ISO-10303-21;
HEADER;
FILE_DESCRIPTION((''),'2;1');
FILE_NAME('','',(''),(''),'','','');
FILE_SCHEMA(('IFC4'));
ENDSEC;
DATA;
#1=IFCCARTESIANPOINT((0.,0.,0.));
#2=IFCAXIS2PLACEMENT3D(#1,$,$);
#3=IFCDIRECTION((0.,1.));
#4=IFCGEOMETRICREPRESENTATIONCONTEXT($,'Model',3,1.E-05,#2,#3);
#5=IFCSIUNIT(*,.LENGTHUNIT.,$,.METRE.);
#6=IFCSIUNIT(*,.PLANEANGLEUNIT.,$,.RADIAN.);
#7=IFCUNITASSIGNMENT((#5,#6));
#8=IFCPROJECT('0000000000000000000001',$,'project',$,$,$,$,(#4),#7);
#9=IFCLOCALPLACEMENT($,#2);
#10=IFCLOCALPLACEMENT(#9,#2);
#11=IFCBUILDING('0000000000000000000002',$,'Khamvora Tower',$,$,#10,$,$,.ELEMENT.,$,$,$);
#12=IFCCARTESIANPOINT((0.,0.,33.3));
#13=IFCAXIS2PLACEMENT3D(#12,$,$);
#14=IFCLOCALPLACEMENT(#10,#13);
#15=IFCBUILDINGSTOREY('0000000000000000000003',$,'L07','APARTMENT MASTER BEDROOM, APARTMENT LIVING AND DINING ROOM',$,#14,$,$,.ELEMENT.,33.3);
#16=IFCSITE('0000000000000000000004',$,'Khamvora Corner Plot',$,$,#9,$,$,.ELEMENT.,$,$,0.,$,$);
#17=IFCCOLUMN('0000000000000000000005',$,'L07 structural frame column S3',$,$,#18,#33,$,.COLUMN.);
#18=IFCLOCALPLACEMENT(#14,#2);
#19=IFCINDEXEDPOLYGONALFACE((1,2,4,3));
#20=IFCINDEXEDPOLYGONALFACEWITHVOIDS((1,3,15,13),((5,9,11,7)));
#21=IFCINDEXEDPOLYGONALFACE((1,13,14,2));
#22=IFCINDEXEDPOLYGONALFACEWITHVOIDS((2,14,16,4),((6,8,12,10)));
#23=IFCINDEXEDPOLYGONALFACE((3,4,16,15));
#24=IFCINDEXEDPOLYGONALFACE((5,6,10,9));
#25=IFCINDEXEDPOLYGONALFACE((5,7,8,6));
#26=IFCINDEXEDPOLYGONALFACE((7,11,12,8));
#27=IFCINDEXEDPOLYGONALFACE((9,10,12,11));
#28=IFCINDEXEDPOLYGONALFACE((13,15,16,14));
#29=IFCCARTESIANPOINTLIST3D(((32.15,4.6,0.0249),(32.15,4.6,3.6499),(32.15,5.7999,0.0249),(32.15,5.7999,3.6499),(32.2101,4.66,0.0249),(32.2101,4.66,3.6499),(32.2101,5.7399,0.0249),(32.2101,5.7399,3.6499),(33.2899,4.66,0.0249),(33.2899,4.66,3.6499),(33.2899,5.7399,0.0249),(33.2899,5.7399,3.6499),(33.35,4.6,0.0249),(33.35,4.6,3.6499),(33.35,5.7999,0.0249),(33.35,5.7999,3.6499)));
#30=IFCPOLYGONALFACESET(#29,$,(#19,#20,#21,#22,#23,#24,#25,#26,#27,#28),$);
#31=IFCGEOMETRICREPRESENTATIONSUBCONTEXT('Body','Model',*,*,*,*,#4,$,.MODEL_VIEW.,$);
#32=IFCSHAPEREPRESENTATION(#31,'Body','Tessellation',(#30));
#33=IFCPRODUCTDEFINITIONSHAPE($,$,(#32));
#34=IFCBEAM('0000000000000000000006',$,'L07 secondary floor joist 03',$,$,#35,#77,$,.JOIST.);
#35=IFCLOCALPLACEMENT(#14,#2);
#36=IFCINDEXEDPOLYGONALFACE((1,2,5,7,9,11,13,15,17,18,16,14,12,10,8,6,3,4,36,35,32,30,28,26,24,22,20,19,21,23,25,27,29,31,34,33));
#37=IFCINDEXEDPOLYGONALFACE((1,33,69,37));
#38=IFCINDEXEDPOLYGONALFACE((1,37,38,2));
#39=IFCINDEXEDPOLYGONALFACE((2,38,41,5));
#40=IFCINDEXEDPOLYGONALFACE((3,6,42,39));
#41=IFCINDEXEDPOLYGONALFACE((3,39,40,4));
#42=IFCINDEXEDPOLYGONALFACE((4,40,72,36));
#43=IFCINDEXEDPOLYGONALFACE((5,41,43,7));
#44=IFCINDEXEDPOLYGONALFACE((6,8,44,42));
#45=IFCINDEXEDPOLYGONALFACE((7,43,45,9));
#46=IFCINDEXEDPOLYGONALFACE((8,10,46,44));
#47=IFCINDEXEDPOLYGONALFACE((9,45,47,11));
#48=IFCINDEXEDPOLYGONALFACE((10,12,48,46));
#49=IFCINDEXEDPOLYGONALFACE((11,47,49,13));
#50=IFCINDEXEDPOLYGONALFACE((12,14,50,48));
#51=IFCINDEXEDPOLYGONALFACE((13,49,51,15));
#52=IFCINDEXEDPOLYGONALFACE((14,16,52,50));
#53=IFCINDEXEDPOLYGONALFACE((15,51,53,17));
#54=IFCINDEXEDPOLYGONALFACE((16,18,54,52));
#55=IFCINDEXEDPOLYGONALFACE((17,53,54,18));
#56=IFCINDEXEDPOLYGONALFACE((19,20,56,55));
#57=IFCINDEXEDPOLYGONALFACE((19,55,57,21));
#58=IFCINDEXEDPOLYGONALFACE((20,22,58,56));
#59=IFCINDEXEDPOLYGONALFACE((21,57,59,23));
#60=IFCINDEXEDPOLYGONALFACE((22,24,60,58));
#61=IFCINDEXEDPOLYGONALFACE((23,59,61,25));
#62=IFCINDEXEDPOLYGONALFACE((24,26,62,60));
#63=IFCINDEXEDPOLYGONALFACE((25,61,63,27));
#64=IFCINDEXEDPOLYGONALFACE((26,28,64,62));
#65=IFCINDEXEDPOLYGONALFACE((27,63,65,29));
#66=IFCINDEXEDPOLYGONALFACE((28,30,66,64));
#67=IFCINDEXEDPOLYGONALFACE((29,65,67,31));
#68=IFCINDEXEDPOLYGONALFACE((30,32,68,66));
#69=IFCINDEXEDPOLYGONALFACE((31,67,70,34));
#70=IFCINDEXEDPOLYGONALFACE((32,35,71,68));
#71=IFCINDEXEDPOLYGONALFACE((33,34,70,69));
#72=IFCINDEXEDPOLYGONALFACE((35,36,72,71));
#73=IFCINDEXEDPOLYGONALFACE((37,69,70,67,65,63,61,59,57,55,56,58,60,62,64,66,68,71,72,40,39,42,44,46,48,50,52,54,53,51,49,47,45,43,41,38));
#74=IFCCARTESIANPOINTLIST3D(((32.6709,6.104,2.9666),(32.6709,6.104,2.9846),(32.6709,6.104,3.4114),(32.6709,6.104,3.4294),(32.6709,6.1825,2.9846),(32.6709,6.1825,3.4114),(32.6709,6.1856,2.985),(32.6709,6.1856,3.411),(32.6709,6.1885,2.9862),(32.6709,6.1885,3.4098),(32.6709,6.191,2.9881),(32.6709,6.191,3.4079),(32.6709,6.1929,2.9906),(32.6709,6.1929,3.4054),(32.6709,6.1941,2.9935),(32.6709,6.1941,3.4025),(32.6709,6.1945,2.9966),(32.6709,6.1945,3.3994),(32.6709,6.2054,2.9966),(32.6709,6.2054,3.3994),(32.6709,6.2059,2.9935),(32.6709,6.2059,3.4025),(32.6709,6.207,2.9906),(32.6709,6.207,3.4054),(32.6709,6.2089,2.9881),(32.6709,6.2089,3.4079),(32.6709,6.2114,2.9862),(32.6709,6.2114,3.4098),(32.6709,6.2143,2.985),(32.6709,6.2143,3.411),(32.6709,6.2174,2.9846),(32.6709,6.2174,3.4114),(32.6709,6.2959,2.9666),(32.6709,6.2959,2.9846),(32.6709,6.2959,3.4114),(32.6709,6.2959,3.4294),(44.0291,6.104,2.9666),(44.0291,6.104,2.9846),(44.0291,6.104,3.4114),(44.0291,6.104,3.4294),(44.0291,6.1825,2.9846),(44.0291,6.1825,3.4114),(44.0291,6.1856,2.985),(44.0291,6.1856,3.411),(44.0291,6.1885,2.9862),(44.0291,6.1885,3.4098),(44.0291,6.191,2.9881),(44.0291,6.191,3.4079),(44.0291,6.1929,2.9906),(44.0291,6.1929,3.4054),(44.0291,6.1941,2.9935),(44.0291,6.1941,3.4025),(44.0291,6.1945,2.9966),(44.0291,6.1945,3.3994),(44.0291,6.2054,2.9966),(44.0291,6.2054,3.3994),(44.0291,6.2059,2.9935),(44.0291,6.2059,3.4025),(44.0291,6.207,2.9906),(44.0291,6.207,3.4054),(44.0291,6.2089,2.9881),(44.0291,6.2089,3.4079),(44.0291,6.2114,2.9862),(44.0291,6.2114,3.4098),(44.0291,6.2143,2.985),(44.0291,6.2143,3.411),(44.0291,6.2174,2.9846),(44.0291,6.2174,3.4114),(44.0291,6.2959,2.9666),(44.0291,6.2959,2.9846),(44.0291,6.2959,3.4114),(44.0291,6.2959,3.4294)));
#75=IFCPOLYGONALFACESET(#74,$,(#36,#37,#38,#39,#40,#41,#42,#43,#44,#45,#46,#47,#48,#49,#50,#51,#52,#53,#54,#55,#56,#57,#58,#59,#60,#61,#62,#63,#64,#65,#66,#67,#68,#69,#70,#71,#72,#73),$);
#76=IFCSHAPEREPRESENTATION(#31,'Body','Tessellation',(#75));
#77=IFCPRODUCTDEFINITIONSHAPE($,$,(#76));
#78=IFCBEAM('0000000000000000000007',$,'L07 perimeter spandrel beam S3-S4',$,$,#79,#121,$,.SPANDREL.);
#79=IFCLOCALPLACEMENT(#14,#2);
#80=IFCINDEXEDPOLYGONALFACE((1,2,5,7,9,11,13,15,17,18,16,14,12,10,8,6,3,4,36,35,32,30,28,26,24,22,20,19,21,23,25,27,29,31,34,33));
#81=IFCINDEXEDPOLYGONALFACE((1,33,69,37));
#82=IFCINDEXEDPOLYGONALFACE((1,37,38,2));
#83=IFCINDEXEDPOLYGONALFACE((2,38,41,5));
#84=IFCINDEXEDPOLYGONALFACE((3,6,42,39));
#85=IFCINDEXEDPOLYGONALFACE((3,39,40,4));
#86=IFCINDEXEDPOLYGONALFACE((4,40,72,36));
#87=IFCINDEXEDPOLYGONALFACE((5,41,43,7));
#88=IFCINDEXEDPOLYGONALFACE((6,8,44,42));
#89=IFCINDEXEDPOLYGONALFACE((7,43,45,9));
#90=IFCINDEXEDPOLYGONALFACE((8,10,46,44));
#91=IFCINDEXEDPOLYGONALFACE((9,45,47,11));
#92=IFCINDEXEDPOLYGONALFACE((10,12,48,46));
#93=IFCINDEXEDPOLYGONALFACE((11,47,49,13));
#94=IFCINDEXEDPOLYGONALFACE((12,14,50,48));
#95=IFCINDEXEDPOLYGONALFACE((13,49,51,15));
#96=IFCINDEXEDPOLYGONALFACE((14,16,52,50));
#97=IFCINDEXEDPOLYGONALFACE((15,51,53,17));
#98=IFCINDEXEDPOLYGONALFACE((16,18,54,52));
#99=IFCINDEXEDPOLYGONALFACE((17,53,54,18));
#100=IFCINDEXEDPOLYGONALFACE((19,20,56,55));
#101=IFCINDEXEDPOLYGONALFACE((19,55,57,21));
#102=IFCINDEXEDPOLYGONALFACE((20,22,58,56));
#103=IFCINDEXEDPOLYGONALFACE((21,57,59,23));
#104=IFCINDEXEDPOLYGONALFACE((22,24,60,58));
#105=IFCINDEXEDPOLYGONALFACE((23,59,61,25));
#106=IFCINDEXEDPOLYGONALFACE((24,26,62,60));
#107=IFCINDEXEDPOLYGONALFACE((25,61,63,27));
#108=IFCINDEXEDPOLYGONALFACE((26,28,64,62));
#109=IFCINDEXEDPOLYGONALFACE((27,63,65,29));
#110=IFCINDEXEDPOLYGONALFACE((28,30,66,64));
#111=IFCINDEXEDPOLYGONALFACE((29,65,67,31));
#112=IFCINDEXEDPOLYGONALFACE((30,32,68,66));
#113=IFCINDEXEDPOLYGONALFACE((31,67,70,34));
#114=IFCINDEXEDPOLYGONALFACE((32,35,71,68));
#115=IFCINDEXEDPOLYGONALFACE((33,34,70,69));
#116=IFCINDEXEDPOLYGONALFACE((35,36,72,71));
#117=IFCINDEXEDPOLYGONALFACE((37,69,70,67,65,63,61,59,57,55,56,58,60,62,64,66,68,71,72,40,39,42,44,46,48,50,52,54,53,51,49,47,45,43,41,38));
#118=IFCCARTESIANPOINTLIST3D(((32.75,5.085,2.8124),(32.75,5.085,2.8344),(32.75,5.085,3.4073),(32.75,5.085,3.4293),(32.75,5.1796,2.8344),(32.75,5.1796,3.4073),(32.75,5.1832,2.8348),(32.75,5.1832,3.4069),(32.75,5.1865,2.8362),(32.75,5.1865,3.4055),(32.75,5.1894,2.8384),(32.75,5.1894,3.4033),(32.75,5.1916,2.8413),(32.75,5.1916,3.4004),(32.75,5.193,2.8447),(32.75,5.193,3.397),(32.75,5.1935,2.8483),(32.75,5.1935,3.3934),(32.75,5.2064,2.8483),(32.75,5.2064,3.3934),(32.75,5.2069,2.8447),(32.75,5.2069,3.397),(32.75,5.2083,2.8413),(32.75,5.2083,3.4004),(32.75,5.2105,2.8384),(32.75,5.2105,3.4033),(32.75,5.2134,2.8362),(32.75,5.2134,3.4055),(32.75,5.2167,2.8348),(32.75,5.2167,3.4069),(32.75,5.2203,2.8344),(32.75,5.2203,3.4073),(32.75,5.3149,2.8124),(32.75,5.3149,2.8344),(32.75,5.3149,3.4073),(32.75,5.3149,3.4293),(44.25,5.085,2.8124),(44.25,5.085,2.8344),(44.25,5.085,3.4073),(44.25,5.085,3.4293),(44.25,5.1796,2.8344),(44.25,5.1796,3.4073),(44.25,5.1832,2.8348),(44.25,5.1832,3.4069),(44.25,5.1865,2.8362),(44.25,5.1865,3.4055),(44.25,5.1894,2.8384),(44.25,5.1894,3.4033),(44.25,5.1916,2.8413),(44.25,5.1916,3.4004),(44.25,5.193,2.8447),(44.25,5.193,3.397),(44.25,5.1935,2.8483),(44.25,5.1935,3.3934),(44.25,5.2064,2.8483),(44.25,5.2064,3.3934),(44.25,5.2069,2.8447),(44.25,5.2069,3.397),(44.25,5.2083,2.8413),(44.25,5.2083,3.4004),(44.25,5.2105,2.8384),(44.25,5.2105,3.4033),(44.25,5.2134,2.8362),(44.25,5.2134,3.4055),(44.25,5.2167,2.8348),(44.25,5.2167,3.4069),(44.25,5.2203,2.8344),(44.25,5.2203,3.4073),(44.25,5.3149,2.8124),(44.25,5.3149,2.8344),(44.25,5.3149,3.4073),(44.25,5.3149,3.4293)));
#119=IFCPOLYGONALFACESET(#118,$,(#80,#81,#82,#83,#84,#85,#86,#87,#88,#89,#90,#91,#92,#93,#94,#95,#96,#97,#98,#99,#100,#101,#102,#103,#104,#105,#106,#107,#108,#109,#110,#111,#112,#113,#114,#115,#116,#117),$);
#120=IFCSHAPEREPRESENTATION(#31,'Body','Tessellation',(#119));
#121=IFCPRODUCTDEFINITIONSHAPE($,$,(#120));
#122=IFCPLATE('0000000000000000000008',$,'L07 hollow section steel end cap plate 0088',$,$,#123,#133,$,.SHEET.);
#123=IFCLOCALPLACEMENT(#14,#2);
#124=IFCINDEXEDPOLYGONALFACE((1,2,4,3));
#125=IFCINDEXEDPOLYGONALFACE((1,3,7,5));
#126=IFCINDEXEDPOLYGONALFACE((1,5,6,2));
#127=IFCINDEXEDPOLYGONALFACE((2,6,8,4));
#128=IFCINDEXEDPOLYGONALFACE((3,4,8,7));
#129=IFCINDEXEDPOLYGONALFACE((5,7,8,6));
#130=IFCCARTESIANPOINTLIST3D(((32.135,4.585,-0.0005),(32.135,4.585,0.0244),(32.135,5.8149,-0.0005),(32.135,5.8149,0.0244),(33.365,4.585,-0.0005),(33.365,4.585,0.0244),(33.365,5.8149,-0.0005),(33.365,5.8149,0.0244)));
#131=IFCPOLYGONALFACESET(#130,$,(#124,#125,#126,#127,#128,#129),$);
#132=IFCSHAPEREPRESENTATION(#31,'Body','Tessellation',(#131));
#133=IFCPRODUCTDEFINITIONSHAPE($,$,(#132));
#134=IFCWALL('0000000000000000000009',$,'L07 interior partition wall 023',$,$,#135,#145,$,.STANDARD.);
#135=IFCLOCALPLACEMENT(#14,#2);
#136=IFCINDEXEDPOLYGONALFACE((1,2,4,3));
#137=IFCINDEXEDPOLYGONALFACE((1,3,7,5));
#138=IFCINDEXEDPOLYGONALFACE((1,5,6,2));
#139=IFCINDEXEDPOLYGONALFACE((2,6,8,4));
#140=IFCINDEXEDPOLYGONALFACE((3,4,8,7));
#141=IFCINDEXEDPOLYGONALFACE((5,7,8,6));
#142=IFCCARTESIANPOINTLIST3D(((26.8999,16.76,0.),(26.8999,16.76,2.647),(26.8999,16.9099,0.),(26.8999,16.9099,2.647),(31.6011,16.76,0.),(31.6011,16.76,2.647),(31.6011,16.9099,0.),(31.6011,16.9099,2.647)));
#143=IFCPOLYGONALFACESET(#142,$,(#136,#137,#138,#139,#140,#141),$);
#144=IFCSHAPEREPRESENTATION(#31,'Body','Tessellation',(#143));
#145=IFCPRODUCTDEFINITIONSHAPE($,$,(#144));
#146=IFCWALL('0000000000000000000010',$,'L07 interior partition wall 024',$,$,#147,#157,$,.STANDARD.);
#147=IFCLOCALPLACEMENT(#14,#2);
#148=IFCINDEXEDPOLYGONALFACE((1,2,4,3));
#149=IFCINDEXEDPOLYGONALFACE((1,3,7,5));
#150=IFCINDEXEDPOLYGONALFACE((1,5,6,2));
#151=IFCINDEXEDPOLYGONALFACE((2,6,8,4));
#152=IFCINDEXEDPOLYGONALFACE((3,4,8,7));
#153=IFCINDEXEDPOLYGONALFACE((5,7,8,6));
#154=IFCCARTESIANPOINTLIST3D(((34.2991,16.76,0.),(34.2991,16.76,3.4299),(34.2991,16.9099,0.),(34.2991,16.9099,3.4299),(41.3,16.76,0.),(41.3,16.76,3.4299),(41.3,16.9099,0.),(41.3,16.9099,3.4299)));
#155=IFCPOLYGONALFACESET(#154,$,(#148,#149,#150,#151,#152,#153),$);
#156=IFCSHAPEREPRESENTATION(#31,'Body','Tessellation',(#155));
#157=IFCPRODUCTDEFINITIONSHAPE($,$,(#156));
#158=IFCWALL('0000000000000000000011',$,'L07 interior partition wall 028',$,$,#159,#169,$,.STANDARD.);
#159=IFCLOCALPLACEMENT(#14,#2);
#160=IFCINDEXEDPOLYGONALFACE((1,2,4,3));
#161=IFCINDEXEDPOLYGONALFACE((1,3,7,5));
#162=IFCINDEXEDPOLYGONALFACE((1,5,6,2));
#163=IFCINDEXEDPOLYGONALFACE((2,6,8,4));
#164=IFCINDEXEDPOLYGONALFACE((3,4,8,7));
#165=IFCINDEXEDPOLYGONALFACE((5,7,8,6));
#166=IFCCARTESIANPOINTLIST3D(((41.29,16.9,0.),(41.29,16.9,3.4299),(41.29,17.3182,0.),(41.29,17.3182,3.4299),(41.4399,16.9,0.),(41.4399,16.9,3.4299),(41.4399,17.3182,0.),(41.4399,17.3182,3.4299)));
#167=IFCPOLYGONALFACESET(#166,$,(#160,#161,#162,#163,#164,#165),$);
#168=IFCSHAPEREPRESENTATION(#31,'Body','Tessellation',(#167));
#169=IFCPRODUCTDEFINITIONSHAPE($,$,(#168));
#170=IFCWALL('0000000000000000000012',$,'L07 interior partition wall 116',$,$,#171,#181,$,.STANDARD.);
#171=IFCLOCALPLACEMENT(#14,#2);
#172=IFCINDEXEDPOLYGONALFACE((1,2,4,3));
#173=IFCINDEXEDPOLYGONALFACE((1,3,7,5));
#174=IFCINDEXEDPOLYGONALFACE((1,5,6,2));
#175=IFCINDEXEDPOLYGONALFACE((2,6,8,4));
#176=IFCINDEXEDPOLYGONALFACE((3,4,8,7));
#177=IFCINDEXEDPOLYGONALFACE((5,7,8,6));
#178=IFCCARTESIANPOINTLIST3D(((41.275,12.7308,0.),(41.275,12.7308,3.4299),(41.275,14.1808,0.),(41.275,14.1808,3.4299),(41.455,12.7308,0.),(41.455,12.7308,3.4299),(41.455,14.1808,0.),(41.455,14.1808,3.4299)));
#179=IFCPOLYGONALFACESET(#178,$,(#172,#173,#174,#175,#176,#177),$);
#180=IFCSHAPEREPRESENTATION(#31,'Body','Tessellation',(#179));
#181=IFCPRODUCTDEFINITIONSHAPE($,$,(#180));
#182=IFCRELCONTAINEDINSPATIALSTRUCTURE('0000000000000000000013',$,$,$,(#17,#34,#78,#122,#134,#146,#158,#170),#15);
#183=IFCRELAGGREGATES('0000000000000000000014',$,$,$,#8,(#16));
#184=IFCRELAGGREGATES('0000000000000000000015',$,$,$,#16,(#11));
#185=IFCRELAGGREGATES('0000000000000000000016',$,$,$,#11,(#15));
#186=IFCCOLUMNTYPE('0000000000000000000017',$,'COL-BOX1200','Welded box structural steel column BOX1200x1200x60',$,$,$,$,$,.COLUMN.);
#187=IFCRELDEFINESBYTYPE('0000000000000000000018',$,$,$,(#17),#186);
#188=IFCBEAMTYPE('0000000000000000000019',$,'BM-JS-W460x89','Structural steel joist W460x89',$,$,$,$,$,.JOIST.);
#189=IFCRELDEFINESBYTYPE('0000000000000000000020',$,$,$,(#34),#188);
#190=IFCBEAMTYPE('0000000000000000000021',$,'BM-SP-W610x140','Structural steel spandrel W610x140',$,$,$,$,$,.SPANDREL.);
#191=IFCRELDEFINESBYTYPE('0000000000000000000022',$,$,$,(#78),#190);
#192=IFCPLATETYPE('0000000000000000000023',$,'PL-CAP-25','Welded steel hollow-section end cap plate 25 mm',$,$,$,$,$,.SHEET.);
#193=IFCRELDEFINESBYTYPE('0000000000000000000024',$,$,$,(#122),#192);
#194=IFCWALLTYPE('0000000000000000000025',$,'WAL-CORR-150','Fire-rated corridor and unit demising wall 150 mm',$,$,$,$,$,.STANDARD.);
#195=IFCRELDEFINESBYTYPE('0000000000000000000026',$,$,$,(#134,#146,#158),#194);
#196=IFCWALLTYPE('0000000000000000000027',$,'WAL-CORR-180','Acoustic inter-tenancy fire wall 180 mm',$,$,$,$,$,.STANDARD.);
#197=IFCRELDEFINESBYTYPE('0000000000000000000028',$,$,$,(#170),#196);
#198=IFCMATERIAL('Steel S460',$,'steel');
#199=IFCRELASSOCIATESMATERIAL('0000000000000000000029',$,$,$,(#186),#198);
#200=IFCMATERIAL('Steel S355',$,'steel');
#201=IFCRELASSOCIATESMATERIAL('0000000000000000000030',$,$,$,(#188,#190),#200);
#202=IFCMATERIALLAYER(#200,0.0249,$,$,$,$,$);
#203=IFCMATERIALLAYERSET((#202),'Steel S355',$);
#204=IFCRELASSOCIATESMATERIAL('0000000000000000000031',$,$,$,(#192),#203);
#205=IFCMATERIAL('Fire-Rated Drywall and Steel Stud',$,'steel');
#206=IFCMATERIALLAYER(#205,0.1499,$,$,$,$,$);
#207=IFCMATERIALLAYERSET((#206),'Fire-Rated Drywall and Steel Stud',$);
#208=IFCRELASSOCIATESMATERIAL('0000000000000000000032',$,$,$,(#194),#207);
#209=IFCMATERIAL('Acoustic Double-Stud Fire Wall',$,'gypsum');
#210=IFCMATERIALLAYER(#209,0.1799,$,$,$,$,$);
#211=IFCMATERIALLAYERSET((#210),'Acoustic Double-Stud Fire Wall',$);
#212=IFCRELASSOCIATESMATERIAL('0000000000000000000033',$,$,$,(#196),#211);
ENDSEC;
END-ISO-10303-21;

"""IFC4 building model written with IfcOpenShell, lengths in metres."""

from ifc_helpers import new_model, si_unit, direction, frame, frame_2d, origin, origin_2d, place, context, subcontext, project, spatial, rectangle, hollow_rectangle, i_section, extrude, material, layer, layer_set, material_profile, profile_set, type_object, element, save


model = new_model("IFC4")

# Units and contexts
model_context = context("Model", 3, precision=1e-05, world=origin(), true_north=direction((0.0, 1.0)))
body_context = subcontext(model_context, "Body", "Model", "MODEL_VIEW")
ifc_project = project(units=[si_unit("LENGTHUNIT", "METRE"), si_unit("PLANEANGLEUNIT", "RADIAN")], contexts=[model_context])

# Site, building, storey
site_placement = place(None, origin())
site = spatial("IfcSite", under=ifc_project, at=site_placement, Name="Khamvora Corner Plot", CompositionType="ELEMENT", RefElevation=0.0)
building_placement = place(site_placement, origin())
building = spatial("IfcBuilding", under=site, at=building_placement, Name="Khamvora Tower", CompositionType="ELEMENT")
storey_placement = place(building_placement, frame((0.0, 0.0, 33.3)))
storey = spatial("IfcBuildingStorey", under=building, at=storey_placement, Name="L07", Description="APARTMENT MASTER BEDROOM, APARTMENT LIVING AND DINING ROOM", CompositionType="ELEMENT", Elevation=33.3)

# Column
ifc_material_1 = material(Name="Steel S460", Category="steel")
ifc_material_profile_1 = material_profile(ifc_material_1, hollow_rectangle(XDim=1.2, YDim=1.2, WallThickness=0.0601, at=origin_2d()), Name="BOX1200x1200x60")
ifc_profile_set_1 = profile_set([ifc_material_profile_1], Name="Steel S460")
column_type = type_object("IfcColumnType", Name="COL-BOX1200", Description="Welded box structural steel column BOX1200x1200x60", PredefinedType="COLUMN", material=ifc_profile_set_1)
column_placement = place(storey_placement, frame((32.75, 5.2, 0.0249), z_axis=(0.0, 0.0, 1.0), x_axis=(1.0, 0.0, 0.0)))
element("IfcColumn", 1, at=column_placement, inside=storey, type_object=column_type, Name="L07 structural frame column S3", PredefinedType="COLUMN", context=body_context, shape_type="SweptSolid", body=[
    extrude(hollow_rectangle(XDim=1.2, YDim=1.2, WallThickness=0.0601, at=origin_2d()), origin(), (0.0, 0.0, 1.0), 3.625),
])

# Beams
ifc_material_2 = material(Name="Steel S355", Category="steel")
ifc_material_profile_2 = material_profile(ifc_material_2, i_section(OverallWidth=0.1919, OverallDepth=0.4629, WebThickness=0.011, FlangeThickness=0.0181, FilletRadius=0.012, at=origin_2d()), Name="W460x89")
ifc_profile_set_2 = profile_set([ifc_material_profile_2], Name="Steel S355")
beam_type_1 = type_object("IfcBeamType", Name="BM-JS-W460x89", Description="Structural steel joist W460x89", PredefinedType="JOIST", material=ifc_profile_set_2)
beam_1_placement = place(storey_placement, frame((32.6709, 6.2, 3.198), z_axis=(1.0, 0.0, 0.0), x_axis=(0.0, 1.0, 0.0)))
element("IfcBeam", 2, at=beam_1_placement, inside=storey, type_object=beam_type_1, Name="L07 secondary floor joist 03", PredefinedType="JOIST", context=body_context, shape_type="SweptSolid", body=[
    extrude(i_section(OverallWidth=0.1919, OverallDepth=0.4629, WebThickness=0.011, FlangeThickness=0.0181, FilletRadius=0.012, at=origin_2d()), origin(), (0.0, 0.0, 1.0), 11.3582),
])
ifc_material_profile_3 = material_profile(ifc_material_2, i_section(OverallWidth=0.23, OverallDepth=0.6169, WebThickness=0.0129, FlangeThickness=0.022, FilletRadius=0.0139, at=origin_2d()), Name="W610x140")
ifc_profile_set_3 = profile_set([ifc_material_profile_3], Name="Steel S355")
beam_type_2 = type_object("IfcBeamType", Name="BM-SP-W610x140", Description="Structural steel spandrel W610x140", PredefinedType="SPANDREL", material=ifc_profile_set_3)
beam_2_placement = place(storey_placement, frame((32.75, 5.2, 3.1208), z_axis=(1.0, 0.0, 0.0), x_axis=(0.0, 1.0, 0.0)))
element("IfcBeam", 3, at=beam_2_placement, inside=storey, type_object=beam_type_2, Name="L07 perimeter spandrel beam S3-S4", PredefinedType="SPANDREL", context=body_context, shape_type="SweptSolid", body=[
    extrude(i_section(OverallWidth=0.23, OverallDepth=0.6169, WebThickness=0.0129, FlangeThickness=0.022, FilletRadius=0.0139, at=origin_2d()), origin(), (0.0, 0.0, 1.0), 11.5),
])

# Plate
ifc_layer_1 = layer(ifc_material_2, 0.0249)
ifc_layer_set_1 = layer_set([ifc_layer_1], Name="Steel S355")
plate_type = type_object("IfcPlateType", Name="PL-CAP-25", Description="Welded steel hollow-section end cap plate 25 mm", PredefinedType="SHEET", material=ifc_layer_set_1)
plate_placement = place(storey_placement, frame((32.75, 5.2, -0.0005), z_axis=(0.0, 0.0, 1.0), x_axis=(1.0, 0.0, 0.0)))
element("IfcPlate", 4, at=plate_placement, inside=storey, type_object=plate_type, Name="L07 hollow section steel end cap plate 0088", PredefinedType="SHEET", context=body_context, shape_type="SweptSolid", body=[
    extrude(rectangle(XDim=1.23, YDim=1.23, at=origin_2d()), origin(), (0.0, 0.0, 1.0), 0.0249),
])

# Shared definitions
ifc_material_3 = material(Name="Fire-Rated Drywall and Steel Stud", Category="steel")
ifc_layer_2 = layer(ifc_material_3, 0.1499)
ifc_layer_set_2 = layer_set([ifc_layer_2], Name="Fire-Rated Drywall and Steel Stud")
wall_type_1 = type_object("IfcWallType", Name="WAL-CORR-150", Description="Fire-rated corridor and unit demising wall 150 mm", PredefinedType="STANDARD", material=ifc_layer_set_2)

# Walls
wall_1_placement = place(storey_placement, frame((31.6011, 16.835, 0.0), z_axis=(0.0, 0.0, 1.0), x_axis=(-1.0, 0.0, 0.0)))
element("IfcWall", 5, at=wall_1_placement, inside=storey, type_object=wall_type_1, Name="L07 interior partition wall 023", PredefinedType="STANDARD", context=body_context, shape_type="SweptSolid", body=[
    extrude(rectangle(XDim=4.7012, YDim=0.1499, at=frame_2d((2.3506, 0.0))), origin(), (0.0, 0.0, 1.0), 2.647),
])
wall_2_placement = place(storey_placement, frame((41.3, 16.835, 0.0), z_axis=(0.0, 0.0, 1.0), x_axis=(-1.0, 0.0, 0.0)))
element("IfcWall", 6, at=wall_2_placement, inside=storey, type_object=wall_type_1, Name="L07 interior partition wall 024", PredefinedType="STANDARD", context=body_context, shape_type="SweptSolid", body=[
    extrude(rectangle(XDim=7.001, YDim=0.1499, at=frame_2d((3.5005, 0.0))), origin(), (0.0, 0.0, 1.0), 3.4299),
])
wall_3_placement = place(storey_placement, frame((41.365, 17.3181, 0.0), z_axis=(0.0, 0.0, 1.0), x_axis=(0.0, -1.0, 0.0)))
element("IfcWall", 7, at=wall_3_placement, inside=storey, type_object=wall_type_1, Name="L07 interior partition wall 028", PredefinedType="STANDARD", context=body_context, shape_type="SweptSolid", body=[
    extrude(rectangle(XDim=0.4182, YDim=0.1499, at=frame_2d((0.209, 0.0))), origin(), (0.0, 0.0, 1.0), 3.4299),
])
ifc_material_4 = material(Name="Acoustic Double-Stud Fire Wall", Category="gypsum")
ifc_layer_3 = layer(ifc_material_4, 0.1799)
ifc_layer_set_3 = layer_set([ifc_layer_3], Name="Acoustic Double-Stud Fire Wall")
wall_type_2 = type_object("IfcWallType", Name="WAL-CORR-180", Description="Acoustic inter-tenancy fire wall 180 mm", PredefinedType="STANDARD", material=ifc_layer_set_3)
wall_4_placement = place(storey_placement, frame((41.365, 14.1809, 0.0), z_axis=(0.0, 0.0, 1.0), x_axis=(0.0, -1.0, 0.0)))
element("IfcWall", 8, at=wall_4_placement, inside=storey, type_object=wall_type_2, Name="L07 interior partition wall 116", PredefinedType="STANDARD", context=body_context, shape_type="SweptSolid", body=[
    extrude(rectangle(XDim=1.45, YDim=0.1799, at=frame_2d((0.7251, 0.0))), origin(), (0.0, 0.0, 1.0), 3.4299),
])

save(model, "model.ifc")
